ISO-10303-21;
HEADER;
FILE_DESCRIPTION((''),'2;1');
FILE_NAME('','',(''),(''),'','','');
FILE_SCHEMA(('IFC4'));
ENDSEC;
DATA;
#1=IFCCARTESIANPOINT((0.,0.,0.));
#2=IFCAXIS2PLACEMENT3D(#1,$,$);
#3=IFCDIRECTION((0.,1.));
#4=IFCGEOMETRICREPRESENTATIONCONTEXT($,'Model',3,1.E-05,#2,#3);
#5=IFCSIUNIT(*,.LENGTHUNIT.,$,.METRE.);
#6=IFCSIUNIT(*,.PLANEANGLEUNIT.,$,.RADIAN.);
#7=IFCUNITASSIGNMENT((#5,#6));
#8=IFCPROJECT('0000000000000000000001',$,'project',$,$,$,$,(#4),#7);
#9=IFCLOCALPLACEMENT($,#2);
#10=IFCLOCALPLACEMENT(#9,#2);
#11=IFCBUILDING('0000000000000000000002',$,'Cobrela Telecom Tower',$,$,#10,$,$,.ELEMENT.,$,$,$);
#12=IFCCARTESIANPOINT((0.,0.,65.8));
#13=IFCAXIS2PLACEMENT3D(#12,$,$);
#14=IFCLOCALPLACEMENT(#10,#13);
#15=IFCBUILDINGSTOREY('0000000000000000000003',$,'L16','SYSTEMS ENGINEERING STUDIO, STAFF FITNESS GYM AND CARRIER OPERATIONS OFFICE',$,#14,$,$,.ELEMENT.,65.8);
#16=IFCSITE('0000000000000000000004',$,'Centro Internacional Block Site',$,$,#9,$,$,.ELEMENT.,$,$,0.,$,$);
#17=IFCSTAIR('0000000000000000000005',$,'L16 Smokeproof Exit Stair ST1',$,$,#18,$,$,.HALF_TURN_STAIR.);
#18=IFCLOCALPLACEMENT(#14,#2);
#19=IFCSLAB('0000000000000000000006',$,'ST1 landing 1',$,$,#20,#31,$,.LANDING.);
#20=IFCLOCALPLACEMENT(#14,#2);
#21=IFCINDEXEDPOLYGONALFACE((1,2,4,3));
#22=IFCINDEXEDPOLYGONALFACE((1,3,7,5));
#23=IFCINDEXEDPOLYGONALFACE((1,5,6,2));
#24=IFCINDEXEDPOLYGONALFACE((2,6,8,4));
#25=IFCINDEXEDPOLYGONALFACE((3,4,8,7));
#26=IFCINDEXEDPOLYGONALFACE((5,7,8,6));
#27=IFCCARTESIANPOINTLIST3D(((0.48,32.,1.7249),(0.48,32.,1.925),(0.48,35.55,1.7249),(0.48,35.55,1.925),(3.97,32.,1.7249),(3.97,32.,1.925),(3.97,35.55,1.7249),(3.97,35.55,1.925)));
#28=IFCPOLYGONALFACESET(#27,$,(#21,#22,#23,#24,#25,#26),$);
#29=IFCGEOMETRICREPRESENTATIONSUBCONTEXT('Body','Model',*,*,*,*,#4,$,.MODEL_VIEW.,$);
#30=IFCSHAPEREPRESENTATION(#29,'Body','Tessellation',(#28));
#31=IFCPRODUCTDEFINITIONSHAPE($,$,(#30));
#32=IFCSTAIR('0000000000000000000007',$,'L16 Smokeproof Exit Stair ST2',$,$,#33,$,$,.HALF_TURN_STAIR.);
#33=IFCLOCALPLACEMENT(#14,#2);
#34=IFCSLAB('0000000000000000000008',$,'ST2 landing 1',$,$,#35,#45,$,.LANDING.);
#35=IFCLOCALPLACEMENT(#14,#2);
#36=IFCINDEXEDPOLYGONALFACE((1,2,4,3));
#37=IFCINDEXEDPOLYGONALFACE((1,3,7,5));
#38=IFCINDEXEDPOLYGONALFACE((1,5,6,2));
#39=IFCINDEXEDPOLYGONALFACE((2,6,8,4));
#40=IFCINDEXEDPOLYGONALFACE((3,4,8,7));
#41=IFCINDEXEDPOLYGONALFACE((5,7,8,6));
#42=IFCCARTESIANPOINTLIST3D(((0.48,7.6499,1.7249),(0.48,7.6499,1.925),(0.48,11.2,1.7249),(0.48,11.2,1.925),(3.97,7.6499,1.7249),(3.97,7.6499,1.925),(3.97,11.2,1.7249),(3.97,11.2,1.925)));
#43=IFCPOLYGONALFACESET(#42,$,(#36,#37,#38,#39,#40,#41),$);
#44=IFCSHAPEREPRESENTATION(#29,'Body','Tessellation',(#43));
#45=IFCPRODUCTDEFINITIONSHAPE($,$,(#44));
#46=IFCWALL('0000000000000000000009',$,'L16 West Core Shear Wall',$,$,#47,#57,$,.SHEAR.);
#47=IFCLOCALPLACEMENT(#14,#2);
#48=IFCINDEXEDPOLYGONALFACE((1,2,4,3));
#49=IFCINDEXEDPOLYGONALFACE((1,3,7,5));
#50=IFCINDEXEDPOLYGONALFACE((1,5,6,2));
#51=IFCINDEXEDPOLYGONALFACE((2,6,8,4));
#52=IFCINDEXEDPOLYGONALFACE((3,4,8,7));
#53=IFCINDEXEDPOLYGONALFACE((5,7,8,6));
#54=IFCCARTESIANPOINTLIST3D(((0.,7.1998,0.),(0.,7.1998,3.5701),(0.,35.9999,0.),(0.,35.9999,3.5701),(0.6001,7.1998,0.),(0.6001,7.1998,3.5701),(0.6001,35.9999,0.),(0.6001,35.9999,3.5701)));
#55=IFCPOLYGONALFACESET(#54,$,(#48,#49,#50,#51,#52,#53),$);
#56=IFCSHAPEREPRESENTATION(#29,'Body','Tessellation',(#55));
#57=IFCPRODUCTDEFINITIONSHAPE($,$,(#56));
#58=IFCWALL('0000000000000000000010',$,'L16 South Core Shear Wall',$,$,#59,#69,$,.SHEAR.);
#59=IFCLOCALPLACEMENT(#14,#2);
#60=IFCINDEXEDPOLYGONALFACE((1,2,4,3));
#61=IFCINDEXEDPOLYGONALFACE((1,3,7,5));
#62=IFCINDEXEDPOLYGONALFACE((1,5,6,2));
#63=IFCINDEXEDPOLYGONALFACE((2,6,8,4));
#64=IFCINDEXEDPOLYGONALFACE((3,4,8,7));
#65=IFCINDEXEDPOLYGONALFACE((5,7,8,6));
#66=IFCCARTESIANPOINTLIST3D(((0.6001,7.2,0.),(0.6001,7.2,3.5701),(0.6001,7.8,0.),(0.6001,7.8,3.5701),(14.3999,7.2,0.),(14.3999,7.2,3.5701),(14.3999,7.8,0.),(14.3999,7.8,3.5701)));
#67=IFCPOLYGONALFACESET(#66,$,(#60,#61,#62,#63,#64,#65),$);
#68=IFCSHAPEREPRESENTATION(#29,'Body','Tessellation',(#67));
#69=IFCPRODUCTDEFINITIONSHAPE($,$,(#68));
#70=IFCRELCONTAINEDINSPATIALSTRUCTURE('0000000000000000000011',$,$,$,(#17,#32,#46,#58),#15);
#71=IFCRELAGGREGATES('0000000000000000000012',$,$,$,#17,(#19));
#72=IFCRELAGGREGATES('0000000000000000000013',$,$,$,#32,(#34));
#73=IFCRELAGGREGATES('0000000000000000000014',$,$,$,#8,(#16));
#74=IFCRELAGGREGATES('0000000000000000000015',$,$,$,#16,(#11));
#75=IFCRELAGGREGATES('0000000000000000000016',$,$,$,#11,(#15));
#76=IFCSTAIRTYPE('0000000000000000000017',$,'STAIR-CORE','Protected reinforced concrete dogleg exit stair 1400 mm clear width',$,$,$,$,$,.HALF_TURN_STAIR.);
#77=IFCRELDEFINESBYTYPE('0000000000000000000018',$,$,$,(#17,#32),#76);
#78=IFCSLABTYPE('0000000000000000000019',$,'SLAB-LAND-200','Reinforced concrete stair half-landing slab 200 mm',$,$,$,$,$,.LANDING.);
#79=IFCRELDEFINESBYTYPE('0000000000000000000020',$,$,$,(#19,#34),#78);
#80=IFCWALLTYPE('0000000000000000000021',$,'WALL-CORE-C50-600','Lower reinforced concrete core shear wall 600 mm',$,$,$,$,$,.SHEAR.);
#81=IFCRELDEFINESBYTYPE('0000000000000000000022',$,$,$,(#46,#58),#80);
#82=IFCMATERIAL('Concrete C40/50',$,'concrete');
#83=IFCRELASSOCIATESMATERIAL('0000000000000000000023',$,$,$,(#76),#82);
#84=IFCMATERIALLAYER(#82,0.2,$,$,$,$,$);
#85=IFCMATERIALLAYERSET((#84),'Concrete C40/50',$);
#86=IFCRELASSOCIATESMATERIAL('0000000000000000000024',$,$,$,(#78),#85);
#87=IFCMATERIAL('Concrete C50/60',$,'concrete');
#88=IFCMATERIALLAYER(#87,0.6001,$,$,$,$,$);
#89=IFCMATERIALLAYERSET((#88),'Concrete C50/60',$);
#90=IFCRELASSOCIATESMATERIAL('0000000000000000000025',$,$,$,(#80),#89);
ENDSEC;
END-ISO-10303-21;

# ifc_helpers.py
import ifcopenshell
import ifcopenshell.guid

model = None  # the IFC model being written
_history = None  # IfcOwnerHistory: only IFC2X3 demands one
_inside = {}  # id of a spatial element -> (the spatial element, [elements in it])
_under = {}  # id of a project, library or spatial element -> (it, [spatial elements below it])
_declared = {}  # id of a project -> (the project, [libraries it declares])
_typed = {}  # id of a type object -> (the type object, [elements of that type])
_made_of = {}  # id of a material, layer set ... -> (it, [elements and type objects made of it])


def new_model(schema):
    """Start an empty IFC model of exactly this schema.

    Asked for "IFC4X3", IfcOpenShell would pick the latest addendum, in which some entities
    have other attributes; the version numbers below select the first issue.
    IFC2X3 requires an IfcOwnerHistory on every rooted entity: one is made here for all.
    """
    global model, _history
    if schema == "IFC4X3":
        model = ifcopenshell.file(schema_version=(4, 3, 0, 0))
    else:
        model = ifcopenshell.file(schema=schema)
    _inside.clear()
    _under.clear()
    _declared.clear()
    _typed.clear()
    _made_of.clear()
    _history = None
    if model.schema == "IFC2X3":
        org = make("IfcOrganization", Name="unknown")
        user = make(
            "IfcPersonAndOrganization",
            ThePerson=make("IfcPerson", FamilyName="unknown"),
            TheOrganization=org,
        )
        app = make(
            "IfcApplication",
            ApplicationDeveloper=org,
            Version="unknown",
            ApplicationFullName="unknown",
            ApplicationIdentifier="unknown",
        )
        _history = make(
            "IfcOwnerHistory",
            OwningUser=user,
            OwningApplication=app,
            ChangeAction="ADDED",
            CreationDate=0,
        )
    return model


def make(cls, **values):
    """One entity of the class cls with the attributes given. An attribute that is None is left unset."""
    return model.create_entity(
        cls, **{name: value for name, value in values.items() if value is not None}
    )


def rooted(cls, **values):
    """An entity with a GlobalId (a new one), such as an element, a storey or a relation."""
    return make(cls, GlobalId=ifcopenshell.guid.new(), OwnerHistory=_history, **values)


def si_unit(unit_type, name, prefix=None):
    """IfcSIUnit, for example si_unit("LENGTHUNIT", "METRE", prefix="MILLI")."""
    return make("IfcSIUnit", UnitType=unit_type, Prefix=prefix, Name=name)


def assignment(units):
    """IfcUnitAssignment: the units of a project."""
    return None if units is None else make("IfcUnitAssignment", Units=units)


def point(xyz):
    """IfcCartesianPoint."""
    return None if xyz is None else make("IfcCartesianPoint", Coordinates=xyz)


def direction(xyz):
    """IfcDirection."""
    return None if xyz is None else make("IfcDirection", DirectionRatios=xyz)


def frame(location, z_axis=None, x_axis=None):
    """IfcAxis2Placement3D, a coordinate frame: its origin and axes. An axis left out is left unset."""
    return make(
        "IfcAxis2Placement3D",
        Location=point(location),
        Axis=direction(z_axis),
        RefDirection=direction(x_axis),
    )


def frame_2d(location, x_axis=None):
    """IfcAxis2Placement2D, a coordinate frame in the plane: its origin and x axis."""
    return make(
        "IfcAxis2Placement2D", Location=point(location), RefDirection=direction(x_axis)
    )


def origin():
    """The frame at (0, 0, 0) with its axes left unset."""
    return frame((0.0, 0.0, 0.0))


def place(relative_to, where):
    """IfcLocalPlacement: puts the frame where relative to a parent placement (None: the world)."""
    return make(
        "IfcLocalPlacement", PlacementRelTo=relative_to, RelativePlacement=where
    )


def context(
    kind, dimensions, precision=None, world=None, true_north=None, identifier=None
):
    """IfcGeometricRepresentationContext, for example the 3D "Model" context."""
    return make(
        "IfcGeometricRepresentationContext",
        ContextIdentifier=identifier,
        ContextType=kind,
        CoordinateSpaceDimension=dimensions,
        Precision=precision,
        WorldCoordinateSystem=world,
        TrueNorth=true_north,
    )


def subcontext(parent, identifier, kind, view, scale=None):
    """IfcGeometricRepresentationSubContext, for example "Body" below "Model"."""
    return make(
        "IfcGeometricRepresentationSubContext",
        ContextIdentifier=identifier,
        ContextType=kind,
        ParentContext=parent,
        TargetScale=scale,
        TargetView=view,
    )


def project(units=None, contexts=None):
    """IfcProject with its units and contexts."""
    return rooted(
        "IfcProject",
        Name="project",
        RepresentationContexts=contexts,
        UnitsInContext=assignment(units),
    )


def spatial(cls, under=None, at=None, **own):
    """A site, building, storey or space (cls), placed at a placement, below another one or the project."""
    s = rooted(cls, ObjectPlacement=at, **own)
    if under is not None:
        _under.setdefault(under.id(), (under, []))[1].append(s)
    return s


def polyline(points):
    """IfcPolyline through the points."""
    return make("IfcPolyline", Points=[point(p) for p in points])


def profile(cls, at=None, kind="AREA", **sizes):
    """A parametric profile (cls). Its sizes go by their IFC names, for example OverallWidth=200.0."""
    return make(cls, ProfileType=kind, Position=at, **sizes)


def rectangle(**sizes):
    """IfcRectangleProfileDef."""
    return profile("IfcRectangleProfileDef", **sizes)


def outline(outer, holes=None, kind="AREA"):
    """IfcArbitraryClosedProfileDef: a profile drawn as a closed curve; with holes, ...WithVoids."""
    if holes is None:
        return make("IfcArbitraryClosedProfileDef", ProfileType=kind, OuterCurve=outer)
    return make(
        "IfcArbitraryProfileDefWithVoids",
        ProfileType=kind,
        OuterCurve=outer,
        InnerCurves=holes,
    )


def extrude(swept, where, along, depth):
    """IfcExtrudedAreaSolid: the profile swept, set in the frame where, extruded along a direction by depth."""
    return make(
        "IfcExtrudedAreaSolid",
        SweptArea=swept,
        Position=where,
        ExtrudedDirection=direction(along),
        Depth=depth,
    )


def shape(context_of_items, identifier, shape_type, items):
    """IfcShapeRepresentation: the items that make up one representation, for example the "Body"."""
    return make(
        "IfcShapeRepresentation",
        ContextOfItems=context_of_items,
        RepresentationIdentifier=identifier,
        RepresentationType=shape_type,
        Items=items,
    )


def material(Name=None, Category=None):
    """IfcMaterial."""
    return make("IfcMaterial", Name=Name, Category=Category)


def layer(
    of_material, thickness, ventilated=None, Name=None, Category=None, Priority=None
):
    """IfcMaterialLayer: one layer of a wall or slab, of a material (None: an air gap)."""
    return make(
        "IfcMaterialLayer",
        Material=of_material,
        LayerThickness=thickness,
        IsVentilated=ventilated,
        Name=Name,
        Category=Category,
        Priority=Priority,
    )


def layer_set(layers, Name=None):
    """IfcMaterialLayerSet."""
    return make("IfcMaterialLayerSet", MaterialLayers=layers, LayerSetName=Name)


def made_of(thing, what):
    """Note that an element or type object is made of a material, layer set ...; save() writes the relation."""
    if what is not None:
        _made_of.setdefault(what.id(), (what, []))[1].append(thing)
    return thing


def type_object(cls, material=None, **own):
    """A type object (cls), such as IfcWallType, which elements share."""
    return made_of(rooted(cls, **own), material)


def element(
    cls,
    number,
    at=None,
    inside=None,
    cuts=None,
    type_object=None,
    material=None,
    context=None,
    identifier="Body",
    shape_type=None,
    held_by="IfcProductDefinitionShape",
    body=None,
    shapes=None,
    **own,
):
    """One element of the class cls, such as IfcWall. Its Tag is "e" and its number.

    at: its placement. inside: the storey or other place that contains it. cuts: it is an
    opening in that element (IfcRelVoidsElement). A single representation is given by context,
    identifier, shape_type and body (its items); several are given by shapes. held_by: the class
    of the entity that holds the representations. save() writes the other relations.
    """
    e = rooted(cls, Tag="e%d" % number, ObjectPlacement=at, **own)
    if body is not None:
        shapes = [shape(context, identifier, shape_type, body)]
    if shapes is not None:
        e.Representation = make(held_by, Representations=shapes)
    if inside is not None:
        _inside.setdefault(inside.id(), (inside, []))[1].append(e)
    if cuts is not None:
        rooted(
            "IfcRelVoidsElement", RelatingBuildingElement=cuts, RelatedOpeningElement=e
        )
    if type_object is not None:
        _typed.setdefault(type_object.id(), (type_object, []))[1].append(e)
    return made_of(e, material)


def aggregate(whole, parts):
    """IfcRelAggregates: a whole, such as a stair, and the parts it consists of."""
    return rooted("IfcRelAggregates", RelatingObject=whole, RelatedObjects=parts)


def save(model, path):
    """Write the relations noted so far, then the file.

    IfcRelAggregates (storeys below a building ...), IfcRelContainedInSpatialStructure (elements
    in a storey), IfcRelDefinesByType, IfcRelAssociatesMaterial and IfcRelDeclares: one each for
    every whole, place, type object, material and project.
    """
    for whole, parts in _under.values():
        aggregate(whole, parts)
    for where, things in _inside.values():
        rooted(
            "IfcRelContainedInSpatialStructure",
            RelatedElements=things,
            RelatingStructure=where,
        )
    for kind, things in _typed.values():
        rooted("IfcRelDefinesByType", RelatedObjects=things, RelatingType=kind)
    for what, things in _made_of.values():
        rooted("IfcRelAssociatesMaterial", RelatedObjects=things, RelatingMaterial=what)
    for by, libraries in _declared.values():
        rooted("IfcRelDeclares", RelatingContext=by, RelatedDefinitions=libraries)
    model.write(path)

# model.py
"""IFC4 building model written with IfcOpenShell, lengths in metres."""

from ifc_helpers import new_model, si_unit, direction, frame, frame_2d, origin, place, context, subcontext, project, spatial, polyline, rectangle, outline, extrude, material, layer, layer_set, type_object, element, aggregate, save


model = new_model("IFC4")

# Units and contexts
model_context = context("Model", 3, precision=1e-05, world=origin(), true_north=direction((0.0, 1.0)))
body_context = subcontext(model_context, "Body", "Model", "MODEL_VIEW")
ifc_project = project(units=[si_unit("LENGTHUNIT", "METRE"), si_unit("PLANEANGLEUNIT", "RADIAN")], contexts=[model_context])

# Site, building, storey
site_placement = place(None, origin())
site = spatial("IfcSite", under=ifc_project, at=site_placement, Name="Centro Internacional Block Site", CompositionType="ELEMENT", RefElevation=0.0)
building_placement = place(site_placement, origin())
building = spatial("IfcBuilding", under=site, at=building_placement, Name="Cobrela Telecom Tower", CompositionType="ELEMENT")
storey_placement = place(building_placement, frame((0.0, 0.0, 65.8)))
storey = spatial("IfcBuildingStorey", under=building, at=storey_placement, Name="L16", Description="SYSTEMS ENGINEERING STUDIO, STAFF FITNESS GYM AND CARRIER OPERATIONS OFFICE", CompositionType="ELEMENT", Elevation=65.8)

# Shared definitions
ifc_material_1 = material(Name="Concrete C40/50", Category="concrete")

# Stairs, slabs
stair_type = type_object("IfcStairType", Name="STAIR-CORE", Description="Protected reinforced concrete dogleg exit stair 1400 mm clear width", PredefinedType="HALF_TURN_STAIR", material=ifc_material_1)
stair_1_placement = place(storey_placement, origin())
stair_1 = element("IfcStair", 1, at=stair_1_placement, inside=storey, type_object=stair_type, Name="L16 Smokeproof Exit Stair ST1", PredefinedType="HALF_TURN_STAIR")
ifc_layer_1 = layer(ifc_material_1, 0.2)
ifc_layer_set_1 = layer_set([ifc_layer_1], Name="Concrete C40/50")
slab_type_1 = type_object("IfcSlabType", Name="SLAB-LAND-200", Description="Reinforced concrete stair half-landing slab 200 mm", PredefinedType="LANDING", material=ifc_layer_set_1)
slab_1_placement = place(storey_placement, frame((0.0, 0.0, 1.7249)))
slab_1 = element("IfcSlab", 2, at=slab_1_placement, type_object=slab_type_1, Name="ST1 landing 1", PredefinedType="LANDING", context=body_context, shape_type="SweptSolid", body=[
    extrude(outline(polyline([(3.97, 35.55), (0.48, 35.55), (0.48, 32.0), (3.97, 32.0), (3.97, 35.55)])), origin(), (0.0, 0.0, 1.0), 0.2002),
])
aggregate(stair_1, [slab_1])
stair_2_placement = place(storey_placement, origin())
stair_2 = element("IfcStair", 3, at=stair_2_placement, inside=storey, type_object=stair_type, Name="L16 Smokeproof Exit Stair ST2", PredefinedType="HALF_TURN_STAIR")
slab_2_placement = place(storey_placement, frame((0.0, 0.0, 1.7249)))
slab_2 = element("IfcSlab", 4, at=slab_2_placement, type_object=slab_type_1, Name="ST2 landing 1", PredefinedType="LANDING", context=body_context, shape_type="SweptSolid", body=[
    extrude(outline(polyline([(3.97, 11.2), (0.48, 11.2), (0.48, 7.6499), (3.97, 7.6499), (3.97, 11.2)])), origin(), (0.0, 0.0, 1.0), 0.2002),
])
aggregate(stair_2, [slab_2])

# Walls
ifc_material_2 = material(Name="Concrete C50/60", Category="concrete")
ifc_layer_2 = layer(ifc_material_2, 0.6001)
ifc_layer_set_2 = layer_set([ifc_layer_2], Name="Concrete C50/60")
wall_type = type_object("IfcWallType", Name="WALL-CORE-C50-600", Description="Lower reinforced concrete core shear wall 600 mm", PredefinedType="SHEAR", material=ifc_layer_set_2)
wall_1_placement = place(storey_placement, frame((0.3, 7.2, 0.0), z_axis=(0.0, 0.0, 1.0), x_axis=(0.0, 1.0, 0.0)))
element("IfcWall", 5, at=wall_1_placement, inside=storey, type_object=wall_type, Name="L16 West Core Shear Wall", PredefinedType="SHEAR", context=body_context, shape_type="SweptSolid", body=[
    extrude(rectangle(XDim=28.8, YDim=0.6001, at=frame_2d((14.3999, 0.0))), origin(), (0.0, 0.0, 1.0), 3.5701),
])
wall_2_placement = place(storey_placement, frame((0.6001, 7.5, 0.0), z_axis=(0.0, 0.0, 1.0), x_axis=(1.0, 0.0, 0.0)))
element("IfcWall", 6, at=wall_2_placement, inside=storey, type_object=wall_type, Name="L16 South Core Shear Wall", PredefinedType="SHEAR", context=body_context, shape_type="SweptSolid", body=[
    extrude(rectangle(XDim=13.7998, YDim=0.6001, at=frame_2d((6.8999, 0.0))), origin(), (0.0, 0.0, 1.0), 3.5701),
])

save(model, "model.ifc")
